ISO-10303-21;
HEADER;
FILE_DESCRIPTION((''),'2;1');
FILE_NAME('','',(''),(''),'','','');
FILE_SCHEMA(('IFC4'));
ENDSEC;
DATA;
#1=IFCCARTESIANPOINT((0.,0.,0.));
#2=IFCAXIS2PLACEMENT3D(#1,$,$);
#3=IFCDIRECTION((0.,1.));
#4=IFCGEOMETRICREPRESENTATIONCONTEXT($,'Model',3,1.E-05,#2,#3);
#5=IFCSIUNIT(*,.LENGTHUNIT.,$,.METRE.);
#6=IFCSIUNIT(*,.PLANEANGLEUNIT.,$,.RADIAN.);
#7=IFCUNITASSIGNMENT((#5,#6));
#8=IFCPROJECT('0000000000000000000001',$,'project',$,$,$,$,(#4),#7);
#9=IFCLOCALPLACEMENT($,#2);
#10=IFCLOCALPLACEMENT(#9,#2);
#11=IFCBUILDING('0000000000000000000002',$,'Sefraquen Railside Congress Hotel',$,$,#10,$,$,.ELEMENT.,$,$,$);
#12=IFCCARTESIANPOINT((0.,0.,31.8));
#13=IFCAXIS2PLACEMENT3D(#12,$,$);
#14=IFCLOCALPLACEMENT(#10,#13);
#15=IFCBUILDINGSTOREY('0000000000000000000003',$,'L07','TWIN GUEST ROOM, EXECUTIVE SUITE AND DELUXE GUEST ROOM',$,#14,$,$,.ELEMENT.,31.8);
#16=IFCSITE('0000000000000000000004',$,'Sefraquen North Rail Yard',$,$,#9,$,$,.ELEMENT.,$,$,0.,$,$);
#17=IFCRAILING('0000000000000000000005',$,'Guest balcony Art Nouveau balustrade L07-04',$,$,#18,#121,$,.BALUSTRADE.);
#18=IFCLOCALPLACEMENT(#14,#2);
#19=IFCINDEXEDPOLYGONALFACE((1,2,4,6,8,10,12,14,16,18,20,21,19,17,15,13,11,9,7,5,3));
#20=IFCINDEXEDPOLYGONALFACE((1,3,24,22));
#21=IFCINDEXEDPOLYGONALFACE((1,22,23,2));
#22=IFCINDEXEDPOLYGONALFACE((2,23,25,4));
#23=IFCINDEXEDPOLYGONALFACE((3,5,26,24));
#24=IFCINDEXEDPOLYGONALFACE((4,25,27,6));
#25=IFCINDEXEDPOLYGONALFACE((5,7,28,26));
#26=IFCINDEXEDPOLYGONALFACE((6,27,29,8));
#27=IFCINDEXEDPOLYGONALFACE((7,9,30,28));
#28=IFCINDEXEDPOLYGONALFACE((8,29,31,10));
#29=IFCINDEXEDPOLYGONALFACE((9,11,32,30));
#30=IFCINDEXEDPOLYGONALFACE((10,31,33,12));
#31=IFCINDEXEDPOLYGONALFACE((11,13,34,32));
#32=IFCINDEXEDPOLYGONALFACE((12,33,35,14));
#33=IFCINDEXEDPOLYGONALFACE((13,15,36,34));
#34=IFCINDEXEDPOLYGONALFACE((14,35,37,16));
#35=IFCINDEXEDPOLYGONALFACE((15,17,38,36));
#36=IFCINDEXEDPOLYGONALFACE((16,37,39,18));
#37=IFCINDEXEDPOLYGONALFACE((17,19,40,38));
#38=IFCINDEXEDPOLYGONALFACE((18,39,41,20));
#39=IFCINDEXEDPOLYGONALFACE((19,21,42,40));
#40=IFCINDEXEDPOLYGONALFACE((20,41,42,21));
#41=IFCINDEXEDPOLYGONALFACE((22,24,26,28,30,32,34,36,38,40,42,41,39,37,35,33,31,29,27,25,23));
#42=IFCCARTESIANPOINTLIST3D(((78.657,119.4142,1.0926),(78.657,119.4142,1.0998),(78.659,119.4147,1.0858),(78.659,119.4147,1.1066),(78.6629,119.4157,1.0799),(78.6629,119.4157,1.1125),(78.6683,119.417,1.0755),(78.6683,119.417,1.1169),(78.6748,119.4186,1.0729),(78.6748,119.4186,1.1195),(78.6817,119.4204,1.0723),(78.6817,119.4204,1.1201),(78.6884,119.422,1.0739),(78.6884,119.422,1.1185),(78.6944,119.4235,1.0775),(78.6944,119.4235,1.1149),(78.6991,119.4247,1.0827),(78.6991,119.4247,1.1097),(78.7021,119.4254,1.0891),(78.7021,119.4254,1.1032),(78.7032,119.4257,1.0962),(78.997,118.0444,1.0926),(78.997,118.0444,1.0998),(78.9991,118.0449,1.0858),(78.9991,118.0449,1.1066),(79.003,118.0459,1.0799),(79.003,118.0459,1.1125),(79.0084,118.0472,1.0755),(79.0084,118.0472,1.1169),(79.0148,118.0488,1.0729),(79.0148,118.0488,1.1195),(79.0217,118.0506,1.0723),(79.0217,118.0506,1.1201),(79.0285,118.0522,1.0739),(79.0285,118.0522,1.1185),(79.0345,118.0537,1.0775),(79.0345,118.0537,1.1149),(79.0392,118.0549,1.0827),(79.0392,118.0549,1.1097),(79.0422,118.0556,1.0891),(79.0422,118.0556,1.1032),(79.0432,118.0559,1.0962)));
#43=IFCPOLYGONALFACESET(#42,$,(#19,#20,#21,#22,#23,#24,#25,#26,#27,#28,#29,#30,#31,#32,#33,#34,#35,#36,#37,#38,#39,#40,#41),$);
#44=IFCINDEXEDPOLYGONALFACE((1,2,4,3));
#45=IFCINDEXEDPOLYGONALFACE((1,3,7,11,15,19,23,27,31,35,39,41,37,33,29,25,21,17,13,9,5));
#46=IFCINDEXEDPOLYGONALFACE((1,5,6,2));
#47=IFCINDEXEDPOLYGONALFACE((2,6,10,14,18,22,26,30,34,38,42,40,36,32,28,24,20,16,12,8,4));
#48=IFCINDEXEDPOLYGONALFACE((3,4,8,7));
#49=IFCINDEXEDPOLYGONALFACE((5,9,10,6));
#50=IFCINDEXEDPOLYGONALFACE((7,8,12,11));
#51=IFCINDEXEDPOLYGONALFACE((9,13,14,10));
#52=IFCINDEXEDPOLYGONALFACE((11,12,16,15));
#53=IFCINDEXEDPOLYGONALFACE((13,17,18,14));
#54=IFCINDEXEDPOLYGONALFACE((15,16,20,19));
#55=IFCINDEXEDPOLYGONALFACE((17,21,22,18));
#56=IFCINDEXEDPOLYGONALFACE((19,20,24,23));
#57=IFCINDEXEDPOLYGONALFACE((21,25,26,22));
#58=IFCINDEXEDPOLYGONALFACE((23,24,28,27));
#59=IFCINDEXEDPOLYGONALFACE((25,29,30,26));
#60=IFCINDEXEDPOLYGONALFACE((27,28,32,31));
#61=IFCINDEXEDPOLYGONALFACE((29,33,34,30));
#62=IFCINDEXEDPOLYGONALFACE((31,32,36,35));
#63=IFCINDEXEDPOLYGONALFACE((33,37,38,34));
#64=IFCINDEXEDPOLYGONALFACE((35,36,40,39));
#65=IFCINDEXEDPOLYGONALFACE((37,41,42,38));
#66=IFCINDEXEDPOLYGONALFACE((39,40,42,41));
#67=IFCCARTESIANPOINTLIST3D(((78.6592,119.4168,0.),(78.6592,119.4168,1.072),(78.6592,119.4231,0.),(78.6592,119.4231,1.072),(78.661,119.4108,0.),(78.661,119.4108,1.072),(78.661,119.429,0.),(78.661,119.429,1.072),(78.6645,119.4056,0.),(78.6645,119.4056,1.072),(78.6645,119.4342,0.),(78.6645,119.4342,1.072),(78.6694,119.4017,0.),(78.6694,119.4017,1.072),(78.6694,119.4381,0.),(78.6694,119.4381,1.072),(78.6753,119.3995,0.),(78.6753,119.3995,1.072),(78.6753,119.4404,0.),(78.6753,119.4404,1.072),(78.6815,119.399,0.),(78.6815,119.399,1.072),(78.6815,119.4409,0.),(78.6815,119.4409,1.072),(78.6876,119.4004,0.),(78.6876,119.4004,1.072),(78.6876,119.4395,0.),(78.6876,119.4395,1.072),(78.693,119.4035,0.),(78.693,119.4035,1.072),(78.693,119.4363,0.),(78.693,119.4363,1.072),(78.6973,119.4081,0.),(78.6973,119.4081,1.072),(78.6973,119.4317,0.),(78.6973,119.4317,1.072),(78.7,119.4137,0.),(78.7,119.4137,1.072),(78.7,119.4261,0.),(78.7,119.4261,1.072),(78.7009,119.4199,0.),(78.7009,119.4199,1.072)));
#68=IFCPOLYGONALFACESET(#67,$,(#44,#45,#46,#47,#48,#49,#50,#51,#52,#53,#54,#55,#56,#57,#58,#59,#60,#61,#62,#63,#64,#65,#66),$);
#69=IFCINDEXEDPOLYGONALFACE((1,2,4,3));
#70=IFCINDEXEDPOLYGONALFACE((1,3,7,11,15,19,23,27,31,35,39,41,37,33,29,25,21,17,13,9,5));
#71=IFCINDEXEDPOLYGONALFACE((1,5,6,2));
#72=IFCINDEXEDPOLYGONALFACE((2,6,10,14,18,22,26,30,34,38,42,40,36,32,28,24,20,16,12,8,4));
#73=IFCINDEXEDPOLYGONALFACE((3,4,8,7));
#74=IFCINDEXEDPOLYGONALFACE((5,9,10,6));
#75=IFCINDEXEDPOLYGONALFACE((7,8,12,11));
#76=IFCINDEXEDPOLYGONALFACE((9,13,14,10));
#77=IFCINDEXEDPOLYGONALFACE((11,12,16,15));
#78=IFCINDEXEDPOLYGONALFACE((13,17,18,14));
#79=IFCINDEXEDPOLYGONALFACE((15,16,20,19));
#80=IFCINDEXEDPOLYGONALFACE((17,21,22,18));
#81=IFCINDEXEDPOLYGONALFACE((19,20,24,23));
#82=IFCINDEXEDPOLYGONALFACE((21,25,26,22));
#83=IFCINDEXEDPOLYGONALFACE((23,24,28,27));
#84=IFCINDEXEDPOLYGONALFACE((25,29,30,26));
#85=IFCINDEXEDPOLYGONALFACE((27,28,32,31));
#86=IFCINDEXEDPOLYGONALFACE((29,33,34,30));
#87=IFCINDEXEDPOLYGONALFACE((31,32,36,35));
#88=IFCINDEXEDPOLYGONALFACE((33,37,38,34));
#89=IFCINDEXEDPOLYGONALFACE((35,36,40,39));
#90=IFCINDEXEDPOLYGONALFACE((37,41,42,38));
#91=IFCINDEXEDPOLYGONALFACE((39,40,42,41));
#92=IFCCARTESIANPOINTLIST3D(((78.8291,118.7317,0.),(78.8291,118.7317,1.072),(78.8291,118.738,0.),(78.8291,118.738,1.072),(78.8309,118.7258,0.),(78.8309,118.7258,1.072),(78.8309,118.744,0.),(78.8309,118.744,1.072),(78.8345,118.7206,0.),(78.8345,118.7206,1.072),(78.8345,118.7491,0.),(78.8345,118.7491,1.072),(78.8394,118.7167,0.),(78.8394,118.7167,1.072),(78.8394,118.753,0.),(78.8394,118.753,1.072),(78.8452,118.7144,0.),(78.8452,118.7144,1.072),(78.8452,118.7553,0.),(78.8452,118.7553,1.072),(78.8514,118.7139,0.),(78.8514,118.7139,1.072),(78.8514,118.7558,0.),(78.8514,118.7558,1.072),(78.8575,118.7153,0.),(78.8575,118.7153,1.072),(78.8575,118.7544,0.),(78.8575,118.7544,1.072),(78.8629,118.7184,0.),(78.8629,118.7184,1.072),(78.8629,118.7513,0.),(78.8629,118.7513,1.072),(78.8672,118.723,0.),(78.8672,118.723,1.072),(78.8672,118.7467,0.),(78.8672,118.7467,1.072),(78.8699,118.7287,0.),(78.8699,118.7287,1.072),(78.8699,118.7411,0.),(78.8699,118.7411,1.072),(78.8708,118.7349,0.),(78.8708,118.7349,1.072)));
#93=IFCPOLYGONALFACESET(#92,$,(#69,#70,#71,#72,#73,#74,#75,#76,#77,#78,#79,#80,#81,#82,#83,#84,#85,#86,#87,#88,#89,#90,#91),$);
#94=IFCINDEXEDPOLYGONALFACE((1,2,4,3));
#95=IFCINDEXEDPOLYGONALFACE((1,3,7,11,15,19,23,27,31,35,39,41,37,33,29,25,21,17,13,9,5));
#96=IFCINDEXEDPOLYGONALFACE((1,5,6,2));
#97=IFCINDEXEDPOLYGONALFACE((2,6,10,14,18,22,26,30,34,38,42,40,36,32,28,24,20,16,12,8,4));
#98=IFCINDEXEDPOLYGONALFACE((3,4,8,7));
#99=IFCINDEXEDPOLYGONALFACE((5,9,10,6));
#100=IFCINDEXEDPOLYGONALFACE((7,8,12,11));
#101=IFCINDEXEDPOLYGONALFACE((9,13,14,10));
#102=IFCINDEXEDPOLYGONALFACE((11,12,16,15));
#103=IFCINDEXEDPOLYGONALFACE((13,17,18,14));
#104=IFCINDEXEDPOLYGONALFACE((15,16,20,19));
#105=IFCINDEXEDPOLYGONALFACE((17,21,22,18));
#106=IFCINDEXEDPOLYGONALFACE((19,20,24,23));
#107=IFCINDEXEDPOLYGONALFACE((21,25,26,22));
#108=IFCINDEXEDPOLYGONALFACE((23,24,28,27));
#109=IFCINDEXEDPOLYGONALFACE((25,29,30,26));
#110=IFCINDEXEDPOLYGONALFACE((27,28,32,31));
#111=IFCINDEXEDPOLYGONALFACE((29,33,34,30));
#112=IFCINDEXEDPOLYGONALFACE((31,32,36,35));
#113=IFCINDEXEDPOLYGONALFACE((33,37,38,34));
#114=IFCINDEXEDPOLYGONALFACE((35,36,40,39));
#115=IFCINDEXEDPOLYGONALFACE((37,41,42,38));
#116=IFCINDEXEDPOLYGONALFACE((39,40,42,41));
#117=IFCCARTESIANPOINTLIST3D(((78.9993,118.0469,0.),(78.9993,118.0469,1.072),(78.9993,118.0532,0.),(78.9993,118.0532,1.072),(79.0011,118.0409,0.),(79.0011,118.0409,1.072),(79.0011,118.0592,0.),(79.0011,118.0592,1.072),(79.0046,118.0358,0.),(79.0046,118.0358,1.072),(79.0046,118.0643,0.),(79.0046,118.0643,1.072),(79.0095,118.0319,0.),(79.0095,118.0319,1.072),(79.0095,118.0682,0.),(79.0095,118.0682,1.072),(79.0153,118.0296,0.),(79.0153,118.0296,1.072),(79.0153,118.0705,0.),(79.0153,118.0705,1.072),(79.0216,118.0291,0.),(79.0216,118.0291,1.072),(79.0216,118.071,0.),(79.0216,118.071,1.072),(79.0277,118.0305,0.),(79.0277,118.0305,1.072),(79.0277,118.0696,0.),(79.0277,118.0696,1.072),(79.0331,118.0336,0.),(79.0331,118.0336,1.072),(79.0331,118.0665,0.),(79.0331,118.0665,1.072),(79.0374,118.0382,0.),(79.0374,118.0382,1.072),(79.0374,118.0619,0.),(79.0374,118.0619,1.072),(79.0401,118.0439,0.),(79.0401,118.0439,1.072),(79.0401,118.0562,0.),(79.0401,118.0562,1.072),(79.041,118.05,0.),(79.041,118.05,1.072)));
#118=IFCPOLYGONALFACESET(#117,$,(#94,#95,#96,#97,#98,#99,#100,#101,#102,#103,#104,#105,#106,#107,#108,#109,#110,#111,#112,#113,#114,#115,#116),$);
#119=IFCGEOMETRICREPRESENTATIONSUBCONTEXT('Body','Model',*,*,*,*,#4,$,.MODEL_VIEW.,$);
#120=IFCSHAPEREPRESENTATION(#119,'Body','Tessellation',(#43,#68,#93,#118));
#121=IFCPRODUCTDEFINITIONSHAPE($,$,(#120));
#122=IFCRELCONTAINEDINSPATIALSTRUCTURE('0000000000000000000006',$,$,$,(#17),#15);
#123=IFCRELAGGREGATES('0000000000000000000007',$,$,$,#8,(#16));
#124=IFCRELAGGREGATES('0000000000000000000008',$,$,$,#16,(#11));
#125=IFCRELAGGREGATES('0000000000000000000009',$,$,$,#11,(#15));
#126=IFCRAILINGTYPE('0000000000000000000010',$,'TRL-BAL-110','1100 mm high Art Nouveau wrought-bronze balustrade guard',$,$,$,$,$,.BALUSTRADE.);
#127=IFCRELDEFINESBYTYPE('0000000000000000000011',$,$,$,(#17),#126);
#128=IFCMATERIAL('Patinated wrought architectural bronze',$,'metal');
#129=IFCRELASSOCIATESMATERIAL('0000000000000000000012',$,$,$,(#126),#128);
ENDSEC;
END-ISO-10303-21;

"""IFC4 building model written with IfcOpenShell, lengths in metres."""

from ifc_helpers import new_model, si_unit, direction, frame, origin, origin_2d, place, context, subcontext, project, spatial, circle, extrude, material, type_object, element, save


model = new_model("IFC4")

# Units and contexts
model_context = context("Model", 3, precision=1e-05, world=origin(), true_north=direction((0.0, 1.0)))
body_context = subcontext(model_context, "Body", "Model", "MODEL_VIEW")
ifc_project = project(units=[si_unit("LENGTHUNIT", "METRE"), si_unit("PLANEANGLEUNIT", "RADIAN")], contexts=[model_context])

# Site, building, storey
site_placement = place(None, origin())
site = spatial("IfcSite", under=ifc_project, at=site_placement, Name="Sefraquen North Rail Yard", CompositionType="ELEMENT", RefElevation=0.0)
building_placement = place(site_placement, origin())
building = spatial("IfcBuilding", under=site, at=building_placement, Name="Sefraquen Railside Congress Hotel", CompositionType="ELEMENT")
storey_placement = place(building_placement, frame((0.0, 0.0, 31.8)))
storey = spatial("IfcBuildingStorey", under=building, at=storey_placement, Name="L07", Description="TWIN GUEST ROOM, EXECUTIVE SUITE AND DELUXE GUEST ROOM", CompositionType="ELEMENT", Elevation=31.8)

# Railing
ifc_material_1 = material(Name="Patinated wrought architectural bronze", Category="metal")
railing_type = type_object("IfcRailingType", Name="TRL-BAL-110", Description="1100 mm high Art Nouveau wrought-bronze balustrade guard", PredefinedType="BALUSTRADE", material=ifc_material_1)
railing_placement = place(storey_placement, frame((78.6799, 119.4199, 0.0)))
element("IfcRailing", 1, at=railing_placement, inside=storey, type_object=railing_type, Name="Guest balcony Art Nouveau balustrade L07-04", PredefinedType="BALUSTRADE", context=body_context, shape_type="SweptSolid", body=[
    extrude(circle(Radius=0.0239, at=origin_2d()), frame((0.0, 0.0, 1.0962), z_axis=(0.240948, -0.970538, 0.0), x_axis=(0.970538, 0.240948, 0.0)), (0.0, 0.0, 1.0), 1.4114),
    extrude(circle(Radius=0.021, at=origin_2d()), origin(), (0.0, 0.0, 1.0), 1.072),
    extrude(circle(Radius=0.021, at=origin_2d()), frame((0.1699, -0.6851, 0.0)), (0.0, 0.0, 1.0), 1.072),
    extrude(circle(Radius=0.021, at=origin_2d()), frame((0.3401, -1.3699, 0.0)), (0.0, 0.0, 1.0), 1.072),
])

save(model, "model.ifc")
